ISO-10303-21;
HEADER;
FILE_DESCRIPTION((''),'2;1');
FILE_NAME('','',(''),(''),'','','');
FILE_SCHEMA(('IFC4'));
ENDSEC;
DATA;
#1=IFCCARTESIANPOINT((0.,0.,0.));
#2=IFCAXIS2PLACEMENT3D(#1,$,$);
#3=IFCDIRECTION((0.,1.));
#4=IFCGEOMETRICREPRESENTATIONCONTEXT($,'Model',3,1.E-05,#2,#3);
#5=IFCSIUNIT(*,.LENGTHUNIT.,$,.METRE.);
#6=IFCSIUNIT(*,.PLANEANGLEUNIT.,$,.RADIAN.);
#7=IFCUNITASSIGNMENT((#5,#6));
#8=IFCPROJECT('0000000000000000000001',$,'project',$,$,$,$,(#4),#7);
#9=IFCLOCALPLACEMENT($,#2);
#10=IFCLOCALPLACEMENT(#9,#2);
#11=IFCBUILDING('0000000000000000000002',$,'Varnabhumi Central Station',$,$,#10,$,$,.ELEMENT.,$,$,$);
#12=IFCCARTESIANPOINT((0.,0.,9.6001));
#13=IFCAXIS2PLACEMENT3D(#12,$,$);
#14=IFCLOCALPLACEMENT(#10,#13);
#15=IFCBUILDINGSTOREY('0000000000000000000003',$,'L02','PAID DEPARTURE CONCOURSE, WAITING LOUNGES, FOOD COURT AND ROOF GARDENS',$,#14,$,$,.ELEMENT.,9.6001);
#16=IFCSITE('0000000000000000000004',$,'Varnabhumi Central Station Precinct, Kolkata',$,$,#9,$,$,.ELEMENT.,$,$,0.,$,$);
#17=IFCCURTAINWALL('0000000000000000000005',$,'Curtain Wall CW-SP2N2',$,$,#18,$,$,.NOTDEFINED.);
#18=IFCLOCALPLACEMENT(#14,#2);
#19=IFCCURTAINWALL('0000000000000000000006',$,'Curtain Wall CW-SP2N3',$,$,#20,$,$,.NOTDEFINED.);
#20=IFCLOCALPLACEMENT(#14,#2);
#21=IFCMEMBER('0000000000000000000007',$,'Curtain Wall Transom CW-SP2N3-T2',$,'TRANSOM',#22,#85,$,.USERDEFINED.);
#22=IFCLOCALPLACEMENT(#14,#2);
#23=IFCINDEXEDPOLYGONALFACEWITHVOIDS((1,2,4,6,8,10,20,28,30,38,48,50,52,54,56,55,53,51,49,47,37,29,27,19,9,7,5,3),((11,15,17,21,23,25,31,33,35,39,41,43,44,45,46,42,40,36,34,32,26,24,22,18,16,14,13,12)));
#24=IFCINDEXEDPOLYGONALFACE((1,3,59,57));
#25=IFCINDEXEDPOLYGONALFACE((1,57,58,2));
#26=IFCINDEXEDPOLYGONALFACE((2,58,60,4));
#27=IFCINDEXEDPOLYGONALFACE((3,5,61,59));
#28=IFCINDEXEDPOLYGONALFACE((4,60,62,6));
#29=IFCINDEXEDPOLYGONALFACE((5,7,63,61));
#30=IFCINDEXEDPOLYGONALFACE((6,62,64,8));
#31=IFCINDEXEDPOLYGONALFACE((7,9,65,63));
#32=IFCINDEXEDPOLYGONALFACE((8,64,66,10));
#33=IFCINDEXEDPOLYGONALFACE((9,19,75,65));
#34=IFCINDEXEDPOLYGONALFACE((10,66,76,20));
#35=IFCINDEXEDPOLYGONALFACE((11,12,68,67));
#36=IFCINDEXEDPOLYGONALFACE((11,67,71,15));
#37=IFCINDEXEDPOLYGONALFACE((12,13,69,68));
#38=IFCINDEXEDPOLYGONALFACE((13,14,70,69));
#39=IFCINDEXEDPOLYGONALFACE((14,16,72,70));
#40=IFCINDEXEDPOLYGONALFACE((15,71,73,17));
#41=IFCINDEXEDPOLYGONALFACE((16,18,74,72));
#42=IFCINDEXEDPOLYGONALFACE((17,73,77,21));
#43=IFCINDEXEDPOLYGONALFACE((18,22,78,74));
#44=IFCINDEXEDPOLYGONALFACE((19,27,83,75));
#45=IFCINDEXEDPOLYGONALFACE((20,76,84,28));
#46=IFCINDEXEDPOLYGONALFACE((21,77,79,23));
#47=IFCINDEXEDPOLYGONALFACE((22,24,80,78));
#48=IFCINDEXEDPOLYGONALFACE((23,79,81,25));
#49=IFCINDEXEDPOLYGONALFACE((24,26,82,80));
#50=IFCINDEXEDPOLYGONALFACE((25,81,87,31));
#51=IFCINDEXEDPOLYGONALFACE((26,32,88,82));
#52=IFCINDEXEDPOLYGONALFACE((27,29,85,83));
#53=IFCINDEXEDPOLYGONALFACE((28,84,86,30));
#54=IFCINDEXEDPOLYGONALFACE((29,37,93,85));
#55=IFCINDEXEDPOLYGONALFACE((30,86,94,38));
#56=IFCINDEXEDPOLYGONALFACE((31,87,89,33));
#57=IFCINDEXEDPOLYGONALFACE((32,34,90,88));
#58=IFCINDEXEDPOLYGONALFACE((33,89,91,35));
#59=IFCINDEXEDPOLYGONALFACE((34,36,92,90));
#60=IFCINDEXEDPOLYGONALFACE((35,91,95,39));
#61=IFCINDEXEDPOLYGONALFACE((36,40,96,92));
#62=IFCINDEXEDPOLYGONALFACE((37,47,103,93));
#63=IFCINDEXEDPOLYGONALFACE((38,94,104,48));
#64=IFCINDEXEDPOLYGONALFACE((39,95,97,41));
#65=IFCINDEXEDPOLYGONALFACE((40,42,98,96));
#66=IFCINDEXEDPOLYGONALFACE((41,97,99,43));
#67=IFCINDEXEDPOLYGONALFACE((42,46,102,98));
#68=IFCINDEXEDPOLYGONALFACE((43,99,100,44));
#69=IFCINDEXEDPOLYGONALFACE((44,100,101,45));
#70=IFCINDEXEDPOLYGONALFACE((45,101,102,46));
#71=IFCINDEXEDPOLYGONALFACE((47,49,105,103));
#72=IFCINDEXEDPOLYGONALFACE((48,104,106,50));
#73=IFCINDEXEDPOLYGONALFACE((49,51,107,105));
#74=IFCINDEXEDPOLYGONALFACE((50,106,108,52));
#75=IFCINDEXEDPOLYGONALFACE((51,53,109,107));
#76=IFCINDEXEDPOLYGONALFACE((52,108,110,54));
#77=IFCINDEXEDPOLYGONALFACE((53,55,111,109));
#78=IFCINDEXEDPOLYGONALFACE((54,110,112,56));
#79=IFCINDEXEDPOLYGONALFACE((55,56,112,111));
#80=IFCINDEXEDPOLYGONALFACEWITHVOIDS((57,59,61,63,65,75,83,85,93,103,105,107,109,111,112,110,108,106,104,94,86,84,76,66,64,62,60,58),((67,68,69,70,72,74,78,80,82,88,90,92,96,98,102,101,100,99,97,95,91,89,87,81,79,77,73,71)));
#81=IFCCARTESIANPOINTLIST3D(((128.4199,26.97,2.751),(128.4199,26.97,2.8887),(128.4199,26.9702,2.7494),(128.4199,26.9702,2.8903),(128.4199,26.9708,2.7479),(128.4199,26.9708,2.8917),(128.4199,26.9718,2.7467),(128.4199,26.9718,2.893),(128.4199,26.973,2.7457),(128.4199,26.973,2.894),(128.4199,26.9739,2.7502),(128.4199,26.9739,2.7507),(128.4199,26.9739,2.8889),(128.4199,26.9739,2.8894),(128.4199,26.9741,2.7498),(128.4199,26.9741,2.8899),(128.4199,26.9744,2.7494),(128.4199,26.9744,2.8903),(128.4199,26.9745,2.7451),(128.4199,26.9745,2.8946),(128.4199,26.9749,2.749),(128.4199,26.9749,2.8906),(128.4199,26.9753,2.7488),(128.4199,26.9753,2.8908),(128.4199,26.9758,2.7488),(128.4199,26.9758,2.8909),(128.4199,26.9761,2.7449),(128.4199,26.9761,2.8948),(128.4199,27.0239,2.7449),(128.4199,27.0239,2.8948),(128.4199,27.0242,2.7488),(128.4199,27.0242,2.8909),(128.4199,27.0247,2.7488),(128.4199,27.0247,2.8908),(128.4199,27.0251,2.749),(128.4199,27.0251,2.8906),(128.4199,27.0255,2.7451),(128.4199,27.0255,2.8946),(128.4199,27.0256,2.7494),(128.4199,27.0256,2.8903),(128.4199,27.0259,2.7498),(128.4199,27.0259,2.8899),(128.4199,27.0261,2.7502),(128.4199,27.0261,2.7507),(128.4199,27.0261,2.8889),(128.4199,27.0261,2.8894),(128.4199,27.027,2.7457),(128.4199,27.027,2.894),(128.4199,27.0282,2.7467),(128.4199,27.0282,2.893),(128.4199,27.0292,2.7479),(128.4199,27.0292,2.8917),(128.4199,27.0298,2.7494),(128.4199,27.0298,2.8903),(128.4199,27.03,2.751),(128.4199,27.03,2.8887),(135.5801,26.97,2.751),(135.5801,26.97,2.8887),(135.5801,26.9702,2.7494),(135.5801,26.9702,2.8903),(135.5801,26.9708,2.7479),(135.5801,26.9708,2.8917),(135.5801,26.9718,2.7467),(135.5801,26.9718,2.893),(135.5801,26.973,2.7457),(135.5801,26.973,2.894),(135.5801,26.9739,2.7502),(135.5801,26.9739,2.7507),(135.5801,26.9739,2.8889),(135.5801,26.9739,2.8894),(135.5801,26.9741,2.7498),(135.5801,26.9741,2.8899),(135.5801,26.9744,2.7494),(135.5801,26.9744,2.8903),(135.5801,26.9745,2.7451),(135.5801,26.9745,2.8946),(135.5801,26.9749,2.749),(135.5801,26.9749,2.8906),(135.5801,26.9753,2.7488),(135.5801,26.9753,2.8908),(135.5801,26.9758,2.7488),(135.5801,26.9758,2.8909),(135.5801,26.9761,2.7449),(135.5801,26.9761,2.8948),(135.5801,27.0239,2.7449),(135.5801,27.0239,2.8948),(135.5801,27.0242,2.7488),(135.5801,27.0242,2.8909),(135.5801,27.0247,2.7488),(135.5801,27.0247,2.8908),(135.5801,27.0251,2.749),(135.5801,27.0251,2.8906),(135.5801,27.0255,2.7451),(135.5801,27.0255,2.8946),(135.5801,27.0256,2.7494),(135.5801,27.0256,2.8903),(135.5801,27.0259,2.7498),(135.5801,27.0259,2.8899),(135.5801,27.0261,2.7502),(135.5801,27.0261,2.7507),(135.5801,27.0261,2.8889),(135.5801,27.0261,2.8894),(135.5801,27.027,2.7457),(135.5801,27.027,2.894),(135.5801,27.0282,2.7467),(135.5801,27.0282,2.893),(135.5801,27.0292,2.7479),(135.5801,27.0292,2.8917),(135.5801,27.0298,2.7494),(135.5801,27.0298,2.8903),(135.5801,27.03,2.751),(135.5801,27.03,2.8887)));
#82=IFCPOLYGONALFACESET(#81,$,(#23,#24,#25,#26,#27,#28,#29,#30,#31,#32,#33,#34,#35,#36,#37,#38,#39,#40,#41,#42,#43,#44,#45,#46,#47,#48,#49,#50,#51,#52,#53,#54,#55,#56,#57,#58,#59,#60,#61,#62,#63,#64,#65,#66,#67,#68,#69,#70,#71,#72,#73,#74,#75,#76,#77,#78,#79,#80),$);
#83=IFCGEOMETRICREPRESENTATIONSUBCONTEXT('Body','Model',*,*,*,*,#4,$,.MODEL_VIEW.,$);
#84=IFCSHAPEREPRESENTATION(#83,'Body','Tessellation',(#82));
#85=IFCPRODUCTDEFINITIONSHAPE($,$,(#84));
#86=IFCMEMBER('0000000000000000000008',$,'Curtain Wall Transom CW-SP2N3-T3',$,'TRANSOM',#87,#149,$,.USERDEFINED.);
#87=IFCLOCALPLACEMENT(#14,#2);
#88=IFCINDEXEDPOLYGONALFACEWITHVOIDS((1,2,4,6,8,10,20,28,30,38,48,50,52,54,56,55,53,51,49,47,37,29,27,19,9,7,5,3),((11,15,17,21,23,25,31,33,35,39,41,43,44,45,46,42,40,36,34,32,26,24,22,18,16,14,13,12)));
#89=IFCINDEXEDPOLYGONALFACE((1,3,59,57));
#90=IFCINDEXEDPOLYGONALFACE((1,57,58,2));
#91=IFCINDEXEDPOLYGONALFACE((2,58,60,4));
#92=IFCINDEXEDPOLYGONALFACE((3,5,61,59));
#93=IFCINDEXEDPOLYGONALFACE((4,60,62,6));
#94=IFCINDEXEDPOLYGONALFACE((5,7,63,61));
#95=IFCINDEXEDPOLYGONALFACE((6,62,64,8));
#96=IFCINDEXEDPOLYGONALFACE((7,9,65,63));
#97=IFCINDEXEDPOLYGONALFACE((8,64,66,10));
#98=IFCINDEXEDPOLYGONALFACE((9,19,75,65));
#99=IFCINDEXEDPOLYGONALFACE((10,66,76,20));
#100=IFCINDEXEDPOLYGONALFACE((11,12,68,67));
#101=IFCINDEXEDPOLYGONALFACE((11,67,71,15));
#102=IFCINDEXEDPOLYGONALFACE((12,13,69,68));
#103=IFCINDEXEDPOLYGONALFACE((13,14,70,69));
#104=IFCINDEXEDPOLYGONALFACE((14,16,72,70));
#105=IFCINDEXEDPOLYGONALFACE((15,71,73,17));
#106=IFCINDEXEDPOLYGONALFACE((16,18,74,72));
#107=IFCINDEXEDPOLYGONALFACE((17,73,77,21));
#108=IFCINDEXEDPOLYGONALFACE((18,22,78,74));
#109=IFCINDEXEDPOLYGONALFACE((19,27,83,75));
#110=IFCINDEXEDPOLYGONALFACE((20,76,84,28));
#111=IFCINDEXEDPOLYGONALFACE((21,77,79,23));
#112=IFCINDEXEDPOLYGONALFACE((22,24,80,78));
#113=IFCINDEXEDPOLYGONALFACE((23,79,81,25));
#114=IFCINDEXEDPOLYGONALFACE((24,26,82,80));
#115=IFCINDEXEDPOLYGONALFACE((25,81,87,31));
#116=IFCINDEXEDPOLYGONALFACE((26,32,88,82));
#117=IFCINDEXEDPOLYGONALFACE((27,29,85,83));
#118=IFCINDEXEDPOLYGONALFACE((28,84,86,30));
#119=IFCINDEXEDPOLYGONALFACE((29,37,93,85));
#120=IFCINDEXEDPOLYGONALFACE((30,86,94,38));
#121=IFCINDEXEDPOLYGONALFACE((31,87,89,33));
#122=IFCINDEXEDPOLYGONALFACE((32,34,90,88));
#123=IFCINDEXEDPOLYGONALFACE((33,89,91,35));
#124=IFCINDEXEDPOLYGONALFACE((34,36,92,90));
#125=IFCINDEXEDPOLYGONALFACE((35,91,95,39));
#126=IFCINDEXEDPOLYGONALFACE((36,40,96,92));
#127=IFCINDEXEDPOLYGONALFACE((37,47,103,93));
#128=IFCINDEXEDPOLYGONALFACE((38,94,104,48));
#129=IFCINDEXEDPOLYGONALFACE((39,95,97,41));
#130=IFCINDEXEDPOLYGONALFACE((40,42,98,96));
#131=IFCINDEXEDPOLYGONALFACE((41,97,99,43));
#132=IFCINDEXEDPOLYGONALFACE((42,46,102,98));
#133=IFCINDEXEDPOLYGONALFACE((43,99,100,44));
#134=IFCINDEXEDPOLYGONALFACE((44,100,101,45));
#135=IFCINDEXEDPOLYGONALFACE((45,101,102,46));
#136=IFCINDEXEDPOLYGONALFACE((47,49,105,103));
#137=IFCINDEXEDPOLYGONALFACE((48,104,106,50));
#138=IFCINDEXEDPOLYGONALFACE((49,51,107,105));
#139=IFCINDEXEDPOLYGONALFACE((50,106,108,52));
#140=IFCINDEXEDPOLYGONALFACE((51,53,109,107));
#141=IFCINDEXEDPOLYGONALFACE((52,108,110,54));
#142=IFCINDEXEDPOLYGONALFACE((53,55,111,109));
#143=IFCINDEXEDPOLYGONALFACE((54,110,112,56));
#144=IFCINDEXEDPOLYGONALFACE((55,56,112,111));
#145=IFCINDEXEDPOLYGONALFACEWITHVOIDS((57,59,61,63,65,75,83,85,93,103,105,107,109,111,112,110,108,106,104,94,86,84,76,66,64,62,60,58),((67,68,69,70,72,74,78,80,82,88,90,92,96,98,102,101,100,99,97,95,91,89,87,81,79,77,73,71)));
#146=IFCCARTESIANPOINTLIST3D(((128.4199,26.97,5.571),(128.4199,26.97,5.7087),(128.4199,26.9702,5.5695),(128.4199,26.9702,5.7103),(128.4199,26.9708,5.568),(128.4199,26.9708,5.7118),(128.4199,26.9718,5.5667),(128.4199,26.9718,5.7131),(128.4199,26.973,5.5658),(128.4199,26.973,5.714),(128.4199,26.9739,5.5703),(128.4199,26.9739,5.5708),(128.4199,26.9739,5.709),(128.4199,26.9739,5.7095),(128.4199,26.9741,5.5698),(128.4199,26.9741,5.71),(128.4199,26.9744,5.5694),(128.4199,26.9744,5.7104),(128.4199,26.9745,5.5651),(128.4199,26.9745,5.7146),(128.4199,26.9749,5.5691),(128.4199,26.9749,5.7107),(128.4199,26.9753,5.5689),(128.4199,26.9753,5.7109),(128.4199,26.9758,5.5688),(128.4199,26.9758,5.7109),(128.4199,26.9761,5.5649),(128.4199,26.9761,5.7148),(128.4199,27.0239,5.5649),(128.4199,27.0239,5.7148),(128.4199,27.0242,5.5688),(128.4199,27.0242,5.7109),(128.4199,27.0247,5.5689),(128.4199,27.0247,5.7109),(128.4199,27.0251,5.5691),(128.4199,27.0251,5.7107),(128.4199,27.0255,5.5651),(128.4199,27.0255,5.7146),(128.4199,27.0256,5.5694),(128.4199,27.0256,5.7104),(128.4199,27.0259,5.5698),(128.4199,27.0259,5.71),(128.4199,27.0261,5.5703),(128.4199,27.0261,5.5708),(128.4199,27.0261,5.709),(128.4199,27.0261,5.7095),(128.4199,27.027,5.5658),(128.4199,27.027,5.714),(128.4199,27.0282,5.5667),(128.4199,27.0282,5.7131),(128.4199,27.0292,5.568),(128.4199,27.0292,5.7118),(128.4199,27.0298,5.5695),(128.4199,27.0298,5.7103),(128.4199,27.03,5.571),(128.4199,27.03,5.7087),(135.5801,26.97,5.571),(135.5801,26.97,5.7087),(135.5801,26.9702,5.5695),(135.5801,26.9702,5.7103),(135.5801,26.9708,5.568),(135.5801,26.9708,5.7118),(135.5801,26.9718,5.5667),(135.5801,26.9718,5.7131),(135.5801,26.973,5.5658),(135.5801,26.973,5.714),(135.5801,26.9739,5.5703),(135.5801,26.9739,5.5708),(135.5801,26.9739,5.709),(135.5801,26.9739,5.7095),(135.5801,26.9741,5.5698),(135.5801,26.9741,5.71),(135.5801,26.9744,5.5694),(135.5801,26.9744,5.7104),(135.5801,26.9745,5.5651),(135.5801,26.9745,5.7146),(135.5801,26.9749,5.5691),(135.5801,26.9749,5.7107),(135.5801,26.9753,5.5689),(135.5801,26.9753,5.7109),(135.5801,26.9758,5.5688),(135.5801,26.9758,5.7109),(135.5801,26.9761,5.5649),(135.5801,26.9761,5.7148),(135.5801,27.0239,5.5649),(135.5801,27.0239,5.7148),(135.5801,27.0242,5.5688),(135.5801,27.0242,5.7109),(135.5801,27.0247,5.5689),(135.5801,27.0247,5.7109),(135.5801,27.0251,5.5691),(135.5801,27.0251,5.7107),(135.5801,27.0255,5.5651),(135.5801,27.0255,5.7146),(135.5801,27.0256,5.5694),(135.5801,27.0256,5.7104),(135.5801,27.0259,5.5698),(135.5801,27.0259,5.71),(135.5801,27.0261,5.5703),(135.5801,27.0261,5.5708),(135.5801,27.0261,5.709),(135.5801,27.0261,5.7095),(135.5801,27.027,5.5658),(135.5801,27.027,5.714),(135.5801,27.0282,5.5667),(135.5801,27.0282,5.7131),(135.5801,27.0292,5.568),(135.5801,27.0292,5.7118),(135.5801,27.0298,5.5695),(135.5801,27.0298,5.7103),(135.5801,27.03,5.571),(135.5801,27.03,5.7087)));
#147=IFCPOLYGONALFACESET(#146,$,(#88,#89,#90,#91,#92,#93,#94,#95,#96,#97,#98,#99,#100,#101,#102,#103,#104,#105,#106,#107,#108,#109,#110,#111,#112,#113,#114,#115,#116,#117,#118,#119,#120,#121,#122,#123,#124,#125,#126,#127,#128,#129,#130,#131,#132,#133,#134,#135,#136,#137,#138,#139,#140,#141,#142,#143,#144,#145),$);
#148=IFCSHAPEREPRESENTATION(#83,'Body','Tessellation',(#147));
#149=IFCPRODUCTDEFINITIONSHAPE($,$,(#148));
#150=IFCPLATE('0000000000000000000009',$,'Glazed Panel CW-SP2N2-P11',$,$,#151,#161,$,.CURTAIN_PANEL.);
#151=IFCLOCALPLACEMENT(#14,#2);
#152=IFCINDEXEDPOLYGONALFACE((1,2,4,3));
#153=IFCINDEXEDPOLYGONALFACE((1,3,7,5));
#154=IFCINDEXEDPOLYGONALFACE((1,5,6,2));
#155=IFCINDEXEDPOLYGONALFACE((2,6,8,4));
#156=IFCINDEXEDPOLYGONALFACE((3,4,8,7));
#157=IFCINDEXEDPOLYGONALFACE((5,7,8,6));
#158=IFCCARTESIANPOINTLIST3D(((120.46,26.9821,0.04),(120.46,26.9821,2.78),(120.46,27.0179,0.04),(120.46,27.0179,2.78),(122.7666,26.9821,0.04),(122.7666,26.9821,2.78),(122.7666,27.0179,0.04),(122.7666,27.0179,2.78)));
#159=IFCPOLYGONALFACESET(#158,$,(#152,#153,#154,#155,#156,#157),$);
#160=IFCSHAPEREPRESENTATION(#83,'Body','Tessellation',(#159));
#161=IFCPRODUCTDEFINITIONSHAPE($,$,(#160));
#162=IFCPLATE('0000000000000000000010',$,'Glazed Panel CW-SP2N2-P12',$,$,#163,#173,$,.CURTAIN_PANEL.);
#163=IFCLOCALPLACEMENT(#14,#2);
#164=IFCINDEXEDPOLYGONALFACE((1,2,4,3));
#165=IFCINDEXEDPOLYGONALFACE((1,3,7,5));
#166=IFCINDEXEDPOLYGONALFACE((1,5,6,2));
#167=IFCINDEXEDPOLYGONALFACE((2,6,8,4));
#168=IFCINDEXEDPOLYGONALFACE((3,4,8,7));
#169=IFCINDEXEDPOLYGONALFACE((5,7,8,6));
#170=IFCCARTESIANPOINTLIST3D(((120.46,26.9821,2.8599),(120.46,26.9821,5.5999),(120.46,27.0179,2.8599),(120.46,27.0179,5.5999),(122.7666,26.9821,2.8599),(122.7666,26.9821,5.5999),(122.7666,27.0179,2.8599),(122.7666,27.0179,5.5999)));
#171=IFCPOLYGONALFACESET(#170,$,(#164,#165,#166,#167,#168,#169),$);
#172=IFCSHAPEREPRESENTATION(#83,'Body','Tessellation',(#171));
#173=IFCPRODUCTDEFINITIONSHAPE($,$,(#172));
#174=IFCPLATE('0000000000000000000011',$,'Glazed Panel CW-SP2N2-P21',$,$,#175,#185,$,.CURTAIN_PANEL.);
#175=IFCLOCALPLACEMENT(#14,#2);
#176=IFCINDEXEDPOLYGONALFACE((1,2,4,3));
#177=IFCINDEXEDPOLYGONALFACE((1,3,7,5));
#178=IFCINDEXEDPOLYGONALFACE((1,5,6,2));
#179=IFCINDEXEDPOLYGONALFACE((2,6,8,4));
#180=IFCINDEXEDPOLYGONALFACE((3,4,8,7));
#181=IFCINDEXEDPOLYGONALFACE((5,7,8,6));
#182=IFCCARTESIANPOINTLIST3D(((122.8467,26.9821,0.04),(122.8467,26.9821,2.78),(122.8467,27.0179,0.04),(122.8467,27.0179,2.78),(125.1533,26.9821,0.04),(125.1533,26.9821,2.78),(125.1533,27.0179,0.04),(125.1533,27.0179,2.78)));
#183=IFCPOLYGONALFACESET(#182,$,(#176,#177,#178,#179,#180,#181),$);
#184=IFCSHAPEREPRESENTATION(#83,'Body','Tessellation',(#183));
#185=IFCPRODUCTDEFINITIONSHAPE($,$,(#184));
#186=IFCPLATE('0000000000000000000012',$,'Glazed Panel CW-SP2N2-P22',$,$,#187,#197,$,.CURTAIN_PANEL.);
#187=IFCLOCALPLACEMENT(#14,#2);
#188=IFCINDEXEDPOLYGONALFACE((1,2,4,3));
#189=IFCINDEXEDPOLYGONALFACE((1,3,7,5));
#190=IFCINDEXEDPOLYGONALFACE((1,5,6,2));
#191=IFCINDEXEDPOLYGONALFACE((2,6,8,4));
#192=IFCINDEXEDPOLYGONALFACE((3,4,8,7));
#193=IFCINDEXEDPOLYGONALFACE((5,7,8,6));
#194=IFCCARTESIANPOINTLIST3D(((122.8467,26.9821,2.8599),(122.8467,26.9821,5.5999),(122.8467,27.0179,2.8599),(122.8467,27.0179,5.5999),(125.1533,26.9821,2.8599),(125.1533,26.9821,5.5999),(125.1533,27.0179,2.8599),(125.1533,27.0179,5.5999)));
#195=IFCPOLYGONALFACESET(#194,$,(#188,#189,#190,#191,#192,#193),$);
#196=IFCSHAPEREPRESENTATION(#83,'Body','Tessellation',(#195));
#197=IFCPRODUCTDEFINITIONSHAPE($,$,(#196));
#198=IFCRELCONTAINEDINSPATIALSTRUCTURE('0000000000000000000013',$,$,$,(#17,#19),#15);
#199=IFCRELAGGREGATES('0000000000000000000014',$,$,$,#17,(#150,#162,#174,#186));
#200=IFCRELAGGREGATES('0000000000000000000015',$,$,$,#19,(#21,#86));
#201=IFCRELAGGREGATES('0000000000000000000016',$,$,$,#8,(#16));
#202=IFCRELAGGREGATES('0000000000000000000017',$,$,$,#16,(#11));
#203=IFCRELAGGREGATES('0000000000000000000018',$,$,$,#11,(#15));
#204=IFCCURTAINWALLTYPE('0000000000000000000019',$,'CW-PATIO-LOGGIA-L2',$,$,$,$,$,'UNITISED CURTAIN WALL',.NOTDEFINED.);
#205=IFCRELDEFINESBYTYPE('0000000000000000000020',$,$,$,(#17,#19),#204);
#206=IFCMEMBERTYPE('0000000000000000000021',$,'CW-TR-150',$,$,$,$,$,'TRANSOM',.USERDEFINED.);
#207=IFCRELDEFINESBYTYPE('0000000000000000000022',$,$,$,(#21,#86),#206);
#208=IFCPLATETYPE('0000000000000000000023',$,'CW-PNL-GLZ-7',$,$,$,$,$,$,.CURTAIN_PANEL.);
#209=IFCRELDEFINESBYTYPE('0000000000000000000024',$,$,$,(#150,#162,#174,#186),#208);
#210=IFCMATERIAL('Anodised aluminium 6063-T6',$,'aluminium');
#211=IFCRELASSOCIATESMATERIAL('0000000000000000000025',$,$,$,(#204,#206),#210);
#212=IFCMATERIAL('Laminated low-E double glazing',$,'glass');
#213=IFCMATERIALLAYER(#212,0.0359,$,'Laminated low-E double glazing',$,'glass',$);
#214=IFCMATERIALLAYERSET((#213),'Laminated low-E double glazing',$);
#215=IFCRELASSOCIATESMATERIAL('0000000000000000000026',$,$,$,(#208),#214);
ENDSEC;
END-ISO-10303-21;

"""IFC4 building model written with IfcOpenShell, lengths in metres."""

from ifc_helpers import new_model, si_unit, direction, frame, origin, origin_2d, place, context, subcontext, project, spatial, rectangle, hollow_rectangle, extrude, material, layer, layer_set, material_profile, profile_set, type_object, element, aggregate, save


model = new_model("IFC4")

# Units and contexts
model_context = context("Model", 3, precision=1e-05, world=origin(), true_north=direction((0.0, 1.0)))
body_context = subcontext(model_context, "Body", "Model", "MODEL_VIEW")
ifc_project = project(units=[si_unit("LENGTHUNIT", "METRE"), si_unit("PLANEANGLEUNIT", "RADIAN")], contexts=[model_context])

# Site, building, storey
site_placement = place(None, origin())
site = spatial("IfcSite", under=ifc_project, at=site_placement, Name="Varnabhumi Central Station Precinct, Kolkata", CompositionType="ELEMENT", RefElevation=0.0)
building_placement = place(site_placement, origin())
building = spatial("IfcBuilding", under=site, at=building_placement, Name="Varnabhumi Central Station", CompositionType="ELEMENT")
storey_placement = place(building_placement, frame((0.0, 0.0, 9.6001)))
storey = spatial("IfcBuildingStorey", under=building, at=storey_placement, Name="L02", Description="PAID DEPARTURE CONCOURSE, WAITING LOUNGES, FOOD COURT AND ROOF GARDENS", CompositionType="ELEMENT", Elevation=9.6001)

# Curtain wall
ifc_material_1 = material(Name="Anodised aluminium 6063-T6", Category="aluminium")
curtain_wall_type = type_object("IfcCurtainWallType", Name="CW-PATIO-LOGGIA-L2", ElementType="UNITISED CURTAIN WALL", PredefinedType="NOTDEFINED", material=ifc_material_1)
curtain_wall_1_placement = place(storey_placement, origin())
curtain_wall_1 = element("IfcCurtainWall", 1, at=curtain_wall_1_placement, inside=storey, type_object=curtain_wall_type, Name="Curtain Wall CW-SP2N2", PredefinedType="NOTDEFINED")

# Curtain wall
curtain_wall_2_placement = place(storey_placement, origin())
curtain_wall_2 = element("IfcCurtainWall", 2, at=curtain_wall_2_placement, inside=storey, type_object=curtain_wall_type, Name="Curtain Wall CW-SP2N3", PredefinedType="NOTDEFINED")

# Members
ifc_material_profile_1 = material_profile(ifc_material_1, hollow_rectangle(XDim=0.0601, YDim=0.1499, WallThickness=0.0039, InnerFilletRadius=0.002, OuterFilletRadius=0.0061, at=origin_2d()), Name="Anodised aluminium 6063-T6", Category="aluminium")
ifc_profile_set_1 = profile_set([ifc_material_profile_1], Name="Anodised aluminium 6063-T6")
member_type_1 = type_object("IfcMemberType", Name="CW-TR-150", ElementType="TRANSOM", PredefinedType="USERDEFINED", material=ifc_profile_set_1)
member_1_placement = place(storey_placement, frame((128.4199, 27.0, 2.8198), z_axis=(1.0, 0.0, 0.0), x_axis=(0.0, 1.0, 0.0)))
member_1 = element("IfcMember", 3, at=member_1_placement, type_object=member_type_1, Name="Curtain Wall Transom CW-SP2N3-T2", ObjectType="TRANSOM", PredefinedType="USERDEFINED", context=body_context, shape_type="SweptSolid", body=[
    extrude(hollow_rectangle(XDim=0.0601, YDim=0.1499, WallThickness=0.0039, InnerFilletRadius=0.002, OuterFilletRadius=0.0061, at=origin_2d()), origin(), (0.0, 0.0, 1.0), 7.1602),
])
member_2_placement = place(storey_placement, frame((128.4199, 27.0, 5.6399), z_axis=(1.0, 0.0, 0.0), x_axis=(0.0, 1.0, 0.0)))
member_2 = element("IfcMember", 4, at=member_2_placement, type_object=member_type_1, Name="Curtain Wall Transom CW-SP2N3-T3", ObjectType="TRANSOM", PredefinedType="USERDEFINED", context=body_context, shape_type="SweptSolid", body=[
    extrude(hollow_rectangle(XDim=0.0601, YDim=0.1499, WallThickness=0.0039, InnerFilletRadius=0.002, OuterFilletRadius=0.0061, at=origin_2d()), origin(), (0.0, 0.0, 1.0), 7.1602),
])

# Plates
ifc_material_2 = material(Name="Laminated low-E double glazing", Category="glass")
ifc_layer_1 = layer(ifc_material_2, 0.0359, Name="Laminated low-E double glazing", Category="glass")
ifc_layer_set_1 = layer_set([ifc_layer_1], Name="Laminated low-E double glazing")
plate_type_1 = type_object("IfcPlateType", Name="CW-PNL-GLZ-7", PredefinedType="CURTAIN_PANEL", material=ifc_layer_set_1)
plate_1_placement = place(storey_placement, frame((121.6133, 27.0, 0.04), z_axis=(0.0, 0.0, 1.0), x_axis=(1.0, 0.0, 0.0)))
plate_1 = element("IfcPlate", 5, at=plate_1_placement, type_object=plate_type_1, Name="Glazed Panel CW-SP2N2-P11", PredefinedType="CURTAIN_PANEL", context=body_context, shape_type="SweptSolid", body=[
    extrude(rectangle(XDim=2.3066, YDim=0.0359, at=origin_2d()), origin(), (0.0, 0.0, 1.0), 2.74),
])
plate_2_placement = place(storey_placement, frame((121.6133, 27.0, 2.8599), z_axis=(0.0, 0.0, 1.0), x_axis=(1.0, 0.0, 0.0)))
plate_2 = element("IfcPlate", 6, at=plate_2_placement, type_object=plate_type_1, Name="Glazed Panel CW-SP2N2-P12", PredefinedType="CURTAIN_PANEL", context=body_context, shape_type="SweptSolid", body=[
    extrude(rectangle(XDim=2.3066, YDim=0.0359, at=origin_2d()), origin(), (0.0, 0.0, 1.0), 2.74),
])
plate_3_placement = place(storey_placement, frame((124.0, 27.0, 0.04), z_axis=(0.0, 0.0, 1.0), x_axis=(1.0, 0.0, 0.0)))
plate_3 = element("IfcPlate", 7, at=plate_3_placement, type_object=plate_type_1, Name="Glazed Panel CW-SP2N2-P21", PredefinedType="CURTAIN_PANEL", context=body_context, shape_type="SweptSolid", body=[
    extrude(rectangle(XDim=2.3066, YDim=0.0359, at=origin_2d()), origin(), (0.0, 0.0, 1.0), 2.74),
])
plate_4_placement = place(storey_placement, frame((124.0, 27.0, 2.8599), z_axis=(0.0, 0.0, 1.0), x_axis=(1.0, 0.0, 0.0)))
plate_4 = element("IfcPlate", 8, at=plate_4_placement, type_object=plate_type_1, Name="Glazed Panel CW-SP2N2-P22", PredefinedType="CURTAIN_PANEL", context=body_context, shape_type="SweptSolid", body=[
    extrude(rectangle(XDim=2.3066, YDim=0.0359, at=origin_2d()), origin(), (0.0, 0.0, 1.0), 2.74),
])
aggregate(curtain_wall_1, [plate_1, plate_2, plate_3, plate_4])
aggregate(curtain_wall_2, [member_1, member_2])

save(model, "model.ifc")
